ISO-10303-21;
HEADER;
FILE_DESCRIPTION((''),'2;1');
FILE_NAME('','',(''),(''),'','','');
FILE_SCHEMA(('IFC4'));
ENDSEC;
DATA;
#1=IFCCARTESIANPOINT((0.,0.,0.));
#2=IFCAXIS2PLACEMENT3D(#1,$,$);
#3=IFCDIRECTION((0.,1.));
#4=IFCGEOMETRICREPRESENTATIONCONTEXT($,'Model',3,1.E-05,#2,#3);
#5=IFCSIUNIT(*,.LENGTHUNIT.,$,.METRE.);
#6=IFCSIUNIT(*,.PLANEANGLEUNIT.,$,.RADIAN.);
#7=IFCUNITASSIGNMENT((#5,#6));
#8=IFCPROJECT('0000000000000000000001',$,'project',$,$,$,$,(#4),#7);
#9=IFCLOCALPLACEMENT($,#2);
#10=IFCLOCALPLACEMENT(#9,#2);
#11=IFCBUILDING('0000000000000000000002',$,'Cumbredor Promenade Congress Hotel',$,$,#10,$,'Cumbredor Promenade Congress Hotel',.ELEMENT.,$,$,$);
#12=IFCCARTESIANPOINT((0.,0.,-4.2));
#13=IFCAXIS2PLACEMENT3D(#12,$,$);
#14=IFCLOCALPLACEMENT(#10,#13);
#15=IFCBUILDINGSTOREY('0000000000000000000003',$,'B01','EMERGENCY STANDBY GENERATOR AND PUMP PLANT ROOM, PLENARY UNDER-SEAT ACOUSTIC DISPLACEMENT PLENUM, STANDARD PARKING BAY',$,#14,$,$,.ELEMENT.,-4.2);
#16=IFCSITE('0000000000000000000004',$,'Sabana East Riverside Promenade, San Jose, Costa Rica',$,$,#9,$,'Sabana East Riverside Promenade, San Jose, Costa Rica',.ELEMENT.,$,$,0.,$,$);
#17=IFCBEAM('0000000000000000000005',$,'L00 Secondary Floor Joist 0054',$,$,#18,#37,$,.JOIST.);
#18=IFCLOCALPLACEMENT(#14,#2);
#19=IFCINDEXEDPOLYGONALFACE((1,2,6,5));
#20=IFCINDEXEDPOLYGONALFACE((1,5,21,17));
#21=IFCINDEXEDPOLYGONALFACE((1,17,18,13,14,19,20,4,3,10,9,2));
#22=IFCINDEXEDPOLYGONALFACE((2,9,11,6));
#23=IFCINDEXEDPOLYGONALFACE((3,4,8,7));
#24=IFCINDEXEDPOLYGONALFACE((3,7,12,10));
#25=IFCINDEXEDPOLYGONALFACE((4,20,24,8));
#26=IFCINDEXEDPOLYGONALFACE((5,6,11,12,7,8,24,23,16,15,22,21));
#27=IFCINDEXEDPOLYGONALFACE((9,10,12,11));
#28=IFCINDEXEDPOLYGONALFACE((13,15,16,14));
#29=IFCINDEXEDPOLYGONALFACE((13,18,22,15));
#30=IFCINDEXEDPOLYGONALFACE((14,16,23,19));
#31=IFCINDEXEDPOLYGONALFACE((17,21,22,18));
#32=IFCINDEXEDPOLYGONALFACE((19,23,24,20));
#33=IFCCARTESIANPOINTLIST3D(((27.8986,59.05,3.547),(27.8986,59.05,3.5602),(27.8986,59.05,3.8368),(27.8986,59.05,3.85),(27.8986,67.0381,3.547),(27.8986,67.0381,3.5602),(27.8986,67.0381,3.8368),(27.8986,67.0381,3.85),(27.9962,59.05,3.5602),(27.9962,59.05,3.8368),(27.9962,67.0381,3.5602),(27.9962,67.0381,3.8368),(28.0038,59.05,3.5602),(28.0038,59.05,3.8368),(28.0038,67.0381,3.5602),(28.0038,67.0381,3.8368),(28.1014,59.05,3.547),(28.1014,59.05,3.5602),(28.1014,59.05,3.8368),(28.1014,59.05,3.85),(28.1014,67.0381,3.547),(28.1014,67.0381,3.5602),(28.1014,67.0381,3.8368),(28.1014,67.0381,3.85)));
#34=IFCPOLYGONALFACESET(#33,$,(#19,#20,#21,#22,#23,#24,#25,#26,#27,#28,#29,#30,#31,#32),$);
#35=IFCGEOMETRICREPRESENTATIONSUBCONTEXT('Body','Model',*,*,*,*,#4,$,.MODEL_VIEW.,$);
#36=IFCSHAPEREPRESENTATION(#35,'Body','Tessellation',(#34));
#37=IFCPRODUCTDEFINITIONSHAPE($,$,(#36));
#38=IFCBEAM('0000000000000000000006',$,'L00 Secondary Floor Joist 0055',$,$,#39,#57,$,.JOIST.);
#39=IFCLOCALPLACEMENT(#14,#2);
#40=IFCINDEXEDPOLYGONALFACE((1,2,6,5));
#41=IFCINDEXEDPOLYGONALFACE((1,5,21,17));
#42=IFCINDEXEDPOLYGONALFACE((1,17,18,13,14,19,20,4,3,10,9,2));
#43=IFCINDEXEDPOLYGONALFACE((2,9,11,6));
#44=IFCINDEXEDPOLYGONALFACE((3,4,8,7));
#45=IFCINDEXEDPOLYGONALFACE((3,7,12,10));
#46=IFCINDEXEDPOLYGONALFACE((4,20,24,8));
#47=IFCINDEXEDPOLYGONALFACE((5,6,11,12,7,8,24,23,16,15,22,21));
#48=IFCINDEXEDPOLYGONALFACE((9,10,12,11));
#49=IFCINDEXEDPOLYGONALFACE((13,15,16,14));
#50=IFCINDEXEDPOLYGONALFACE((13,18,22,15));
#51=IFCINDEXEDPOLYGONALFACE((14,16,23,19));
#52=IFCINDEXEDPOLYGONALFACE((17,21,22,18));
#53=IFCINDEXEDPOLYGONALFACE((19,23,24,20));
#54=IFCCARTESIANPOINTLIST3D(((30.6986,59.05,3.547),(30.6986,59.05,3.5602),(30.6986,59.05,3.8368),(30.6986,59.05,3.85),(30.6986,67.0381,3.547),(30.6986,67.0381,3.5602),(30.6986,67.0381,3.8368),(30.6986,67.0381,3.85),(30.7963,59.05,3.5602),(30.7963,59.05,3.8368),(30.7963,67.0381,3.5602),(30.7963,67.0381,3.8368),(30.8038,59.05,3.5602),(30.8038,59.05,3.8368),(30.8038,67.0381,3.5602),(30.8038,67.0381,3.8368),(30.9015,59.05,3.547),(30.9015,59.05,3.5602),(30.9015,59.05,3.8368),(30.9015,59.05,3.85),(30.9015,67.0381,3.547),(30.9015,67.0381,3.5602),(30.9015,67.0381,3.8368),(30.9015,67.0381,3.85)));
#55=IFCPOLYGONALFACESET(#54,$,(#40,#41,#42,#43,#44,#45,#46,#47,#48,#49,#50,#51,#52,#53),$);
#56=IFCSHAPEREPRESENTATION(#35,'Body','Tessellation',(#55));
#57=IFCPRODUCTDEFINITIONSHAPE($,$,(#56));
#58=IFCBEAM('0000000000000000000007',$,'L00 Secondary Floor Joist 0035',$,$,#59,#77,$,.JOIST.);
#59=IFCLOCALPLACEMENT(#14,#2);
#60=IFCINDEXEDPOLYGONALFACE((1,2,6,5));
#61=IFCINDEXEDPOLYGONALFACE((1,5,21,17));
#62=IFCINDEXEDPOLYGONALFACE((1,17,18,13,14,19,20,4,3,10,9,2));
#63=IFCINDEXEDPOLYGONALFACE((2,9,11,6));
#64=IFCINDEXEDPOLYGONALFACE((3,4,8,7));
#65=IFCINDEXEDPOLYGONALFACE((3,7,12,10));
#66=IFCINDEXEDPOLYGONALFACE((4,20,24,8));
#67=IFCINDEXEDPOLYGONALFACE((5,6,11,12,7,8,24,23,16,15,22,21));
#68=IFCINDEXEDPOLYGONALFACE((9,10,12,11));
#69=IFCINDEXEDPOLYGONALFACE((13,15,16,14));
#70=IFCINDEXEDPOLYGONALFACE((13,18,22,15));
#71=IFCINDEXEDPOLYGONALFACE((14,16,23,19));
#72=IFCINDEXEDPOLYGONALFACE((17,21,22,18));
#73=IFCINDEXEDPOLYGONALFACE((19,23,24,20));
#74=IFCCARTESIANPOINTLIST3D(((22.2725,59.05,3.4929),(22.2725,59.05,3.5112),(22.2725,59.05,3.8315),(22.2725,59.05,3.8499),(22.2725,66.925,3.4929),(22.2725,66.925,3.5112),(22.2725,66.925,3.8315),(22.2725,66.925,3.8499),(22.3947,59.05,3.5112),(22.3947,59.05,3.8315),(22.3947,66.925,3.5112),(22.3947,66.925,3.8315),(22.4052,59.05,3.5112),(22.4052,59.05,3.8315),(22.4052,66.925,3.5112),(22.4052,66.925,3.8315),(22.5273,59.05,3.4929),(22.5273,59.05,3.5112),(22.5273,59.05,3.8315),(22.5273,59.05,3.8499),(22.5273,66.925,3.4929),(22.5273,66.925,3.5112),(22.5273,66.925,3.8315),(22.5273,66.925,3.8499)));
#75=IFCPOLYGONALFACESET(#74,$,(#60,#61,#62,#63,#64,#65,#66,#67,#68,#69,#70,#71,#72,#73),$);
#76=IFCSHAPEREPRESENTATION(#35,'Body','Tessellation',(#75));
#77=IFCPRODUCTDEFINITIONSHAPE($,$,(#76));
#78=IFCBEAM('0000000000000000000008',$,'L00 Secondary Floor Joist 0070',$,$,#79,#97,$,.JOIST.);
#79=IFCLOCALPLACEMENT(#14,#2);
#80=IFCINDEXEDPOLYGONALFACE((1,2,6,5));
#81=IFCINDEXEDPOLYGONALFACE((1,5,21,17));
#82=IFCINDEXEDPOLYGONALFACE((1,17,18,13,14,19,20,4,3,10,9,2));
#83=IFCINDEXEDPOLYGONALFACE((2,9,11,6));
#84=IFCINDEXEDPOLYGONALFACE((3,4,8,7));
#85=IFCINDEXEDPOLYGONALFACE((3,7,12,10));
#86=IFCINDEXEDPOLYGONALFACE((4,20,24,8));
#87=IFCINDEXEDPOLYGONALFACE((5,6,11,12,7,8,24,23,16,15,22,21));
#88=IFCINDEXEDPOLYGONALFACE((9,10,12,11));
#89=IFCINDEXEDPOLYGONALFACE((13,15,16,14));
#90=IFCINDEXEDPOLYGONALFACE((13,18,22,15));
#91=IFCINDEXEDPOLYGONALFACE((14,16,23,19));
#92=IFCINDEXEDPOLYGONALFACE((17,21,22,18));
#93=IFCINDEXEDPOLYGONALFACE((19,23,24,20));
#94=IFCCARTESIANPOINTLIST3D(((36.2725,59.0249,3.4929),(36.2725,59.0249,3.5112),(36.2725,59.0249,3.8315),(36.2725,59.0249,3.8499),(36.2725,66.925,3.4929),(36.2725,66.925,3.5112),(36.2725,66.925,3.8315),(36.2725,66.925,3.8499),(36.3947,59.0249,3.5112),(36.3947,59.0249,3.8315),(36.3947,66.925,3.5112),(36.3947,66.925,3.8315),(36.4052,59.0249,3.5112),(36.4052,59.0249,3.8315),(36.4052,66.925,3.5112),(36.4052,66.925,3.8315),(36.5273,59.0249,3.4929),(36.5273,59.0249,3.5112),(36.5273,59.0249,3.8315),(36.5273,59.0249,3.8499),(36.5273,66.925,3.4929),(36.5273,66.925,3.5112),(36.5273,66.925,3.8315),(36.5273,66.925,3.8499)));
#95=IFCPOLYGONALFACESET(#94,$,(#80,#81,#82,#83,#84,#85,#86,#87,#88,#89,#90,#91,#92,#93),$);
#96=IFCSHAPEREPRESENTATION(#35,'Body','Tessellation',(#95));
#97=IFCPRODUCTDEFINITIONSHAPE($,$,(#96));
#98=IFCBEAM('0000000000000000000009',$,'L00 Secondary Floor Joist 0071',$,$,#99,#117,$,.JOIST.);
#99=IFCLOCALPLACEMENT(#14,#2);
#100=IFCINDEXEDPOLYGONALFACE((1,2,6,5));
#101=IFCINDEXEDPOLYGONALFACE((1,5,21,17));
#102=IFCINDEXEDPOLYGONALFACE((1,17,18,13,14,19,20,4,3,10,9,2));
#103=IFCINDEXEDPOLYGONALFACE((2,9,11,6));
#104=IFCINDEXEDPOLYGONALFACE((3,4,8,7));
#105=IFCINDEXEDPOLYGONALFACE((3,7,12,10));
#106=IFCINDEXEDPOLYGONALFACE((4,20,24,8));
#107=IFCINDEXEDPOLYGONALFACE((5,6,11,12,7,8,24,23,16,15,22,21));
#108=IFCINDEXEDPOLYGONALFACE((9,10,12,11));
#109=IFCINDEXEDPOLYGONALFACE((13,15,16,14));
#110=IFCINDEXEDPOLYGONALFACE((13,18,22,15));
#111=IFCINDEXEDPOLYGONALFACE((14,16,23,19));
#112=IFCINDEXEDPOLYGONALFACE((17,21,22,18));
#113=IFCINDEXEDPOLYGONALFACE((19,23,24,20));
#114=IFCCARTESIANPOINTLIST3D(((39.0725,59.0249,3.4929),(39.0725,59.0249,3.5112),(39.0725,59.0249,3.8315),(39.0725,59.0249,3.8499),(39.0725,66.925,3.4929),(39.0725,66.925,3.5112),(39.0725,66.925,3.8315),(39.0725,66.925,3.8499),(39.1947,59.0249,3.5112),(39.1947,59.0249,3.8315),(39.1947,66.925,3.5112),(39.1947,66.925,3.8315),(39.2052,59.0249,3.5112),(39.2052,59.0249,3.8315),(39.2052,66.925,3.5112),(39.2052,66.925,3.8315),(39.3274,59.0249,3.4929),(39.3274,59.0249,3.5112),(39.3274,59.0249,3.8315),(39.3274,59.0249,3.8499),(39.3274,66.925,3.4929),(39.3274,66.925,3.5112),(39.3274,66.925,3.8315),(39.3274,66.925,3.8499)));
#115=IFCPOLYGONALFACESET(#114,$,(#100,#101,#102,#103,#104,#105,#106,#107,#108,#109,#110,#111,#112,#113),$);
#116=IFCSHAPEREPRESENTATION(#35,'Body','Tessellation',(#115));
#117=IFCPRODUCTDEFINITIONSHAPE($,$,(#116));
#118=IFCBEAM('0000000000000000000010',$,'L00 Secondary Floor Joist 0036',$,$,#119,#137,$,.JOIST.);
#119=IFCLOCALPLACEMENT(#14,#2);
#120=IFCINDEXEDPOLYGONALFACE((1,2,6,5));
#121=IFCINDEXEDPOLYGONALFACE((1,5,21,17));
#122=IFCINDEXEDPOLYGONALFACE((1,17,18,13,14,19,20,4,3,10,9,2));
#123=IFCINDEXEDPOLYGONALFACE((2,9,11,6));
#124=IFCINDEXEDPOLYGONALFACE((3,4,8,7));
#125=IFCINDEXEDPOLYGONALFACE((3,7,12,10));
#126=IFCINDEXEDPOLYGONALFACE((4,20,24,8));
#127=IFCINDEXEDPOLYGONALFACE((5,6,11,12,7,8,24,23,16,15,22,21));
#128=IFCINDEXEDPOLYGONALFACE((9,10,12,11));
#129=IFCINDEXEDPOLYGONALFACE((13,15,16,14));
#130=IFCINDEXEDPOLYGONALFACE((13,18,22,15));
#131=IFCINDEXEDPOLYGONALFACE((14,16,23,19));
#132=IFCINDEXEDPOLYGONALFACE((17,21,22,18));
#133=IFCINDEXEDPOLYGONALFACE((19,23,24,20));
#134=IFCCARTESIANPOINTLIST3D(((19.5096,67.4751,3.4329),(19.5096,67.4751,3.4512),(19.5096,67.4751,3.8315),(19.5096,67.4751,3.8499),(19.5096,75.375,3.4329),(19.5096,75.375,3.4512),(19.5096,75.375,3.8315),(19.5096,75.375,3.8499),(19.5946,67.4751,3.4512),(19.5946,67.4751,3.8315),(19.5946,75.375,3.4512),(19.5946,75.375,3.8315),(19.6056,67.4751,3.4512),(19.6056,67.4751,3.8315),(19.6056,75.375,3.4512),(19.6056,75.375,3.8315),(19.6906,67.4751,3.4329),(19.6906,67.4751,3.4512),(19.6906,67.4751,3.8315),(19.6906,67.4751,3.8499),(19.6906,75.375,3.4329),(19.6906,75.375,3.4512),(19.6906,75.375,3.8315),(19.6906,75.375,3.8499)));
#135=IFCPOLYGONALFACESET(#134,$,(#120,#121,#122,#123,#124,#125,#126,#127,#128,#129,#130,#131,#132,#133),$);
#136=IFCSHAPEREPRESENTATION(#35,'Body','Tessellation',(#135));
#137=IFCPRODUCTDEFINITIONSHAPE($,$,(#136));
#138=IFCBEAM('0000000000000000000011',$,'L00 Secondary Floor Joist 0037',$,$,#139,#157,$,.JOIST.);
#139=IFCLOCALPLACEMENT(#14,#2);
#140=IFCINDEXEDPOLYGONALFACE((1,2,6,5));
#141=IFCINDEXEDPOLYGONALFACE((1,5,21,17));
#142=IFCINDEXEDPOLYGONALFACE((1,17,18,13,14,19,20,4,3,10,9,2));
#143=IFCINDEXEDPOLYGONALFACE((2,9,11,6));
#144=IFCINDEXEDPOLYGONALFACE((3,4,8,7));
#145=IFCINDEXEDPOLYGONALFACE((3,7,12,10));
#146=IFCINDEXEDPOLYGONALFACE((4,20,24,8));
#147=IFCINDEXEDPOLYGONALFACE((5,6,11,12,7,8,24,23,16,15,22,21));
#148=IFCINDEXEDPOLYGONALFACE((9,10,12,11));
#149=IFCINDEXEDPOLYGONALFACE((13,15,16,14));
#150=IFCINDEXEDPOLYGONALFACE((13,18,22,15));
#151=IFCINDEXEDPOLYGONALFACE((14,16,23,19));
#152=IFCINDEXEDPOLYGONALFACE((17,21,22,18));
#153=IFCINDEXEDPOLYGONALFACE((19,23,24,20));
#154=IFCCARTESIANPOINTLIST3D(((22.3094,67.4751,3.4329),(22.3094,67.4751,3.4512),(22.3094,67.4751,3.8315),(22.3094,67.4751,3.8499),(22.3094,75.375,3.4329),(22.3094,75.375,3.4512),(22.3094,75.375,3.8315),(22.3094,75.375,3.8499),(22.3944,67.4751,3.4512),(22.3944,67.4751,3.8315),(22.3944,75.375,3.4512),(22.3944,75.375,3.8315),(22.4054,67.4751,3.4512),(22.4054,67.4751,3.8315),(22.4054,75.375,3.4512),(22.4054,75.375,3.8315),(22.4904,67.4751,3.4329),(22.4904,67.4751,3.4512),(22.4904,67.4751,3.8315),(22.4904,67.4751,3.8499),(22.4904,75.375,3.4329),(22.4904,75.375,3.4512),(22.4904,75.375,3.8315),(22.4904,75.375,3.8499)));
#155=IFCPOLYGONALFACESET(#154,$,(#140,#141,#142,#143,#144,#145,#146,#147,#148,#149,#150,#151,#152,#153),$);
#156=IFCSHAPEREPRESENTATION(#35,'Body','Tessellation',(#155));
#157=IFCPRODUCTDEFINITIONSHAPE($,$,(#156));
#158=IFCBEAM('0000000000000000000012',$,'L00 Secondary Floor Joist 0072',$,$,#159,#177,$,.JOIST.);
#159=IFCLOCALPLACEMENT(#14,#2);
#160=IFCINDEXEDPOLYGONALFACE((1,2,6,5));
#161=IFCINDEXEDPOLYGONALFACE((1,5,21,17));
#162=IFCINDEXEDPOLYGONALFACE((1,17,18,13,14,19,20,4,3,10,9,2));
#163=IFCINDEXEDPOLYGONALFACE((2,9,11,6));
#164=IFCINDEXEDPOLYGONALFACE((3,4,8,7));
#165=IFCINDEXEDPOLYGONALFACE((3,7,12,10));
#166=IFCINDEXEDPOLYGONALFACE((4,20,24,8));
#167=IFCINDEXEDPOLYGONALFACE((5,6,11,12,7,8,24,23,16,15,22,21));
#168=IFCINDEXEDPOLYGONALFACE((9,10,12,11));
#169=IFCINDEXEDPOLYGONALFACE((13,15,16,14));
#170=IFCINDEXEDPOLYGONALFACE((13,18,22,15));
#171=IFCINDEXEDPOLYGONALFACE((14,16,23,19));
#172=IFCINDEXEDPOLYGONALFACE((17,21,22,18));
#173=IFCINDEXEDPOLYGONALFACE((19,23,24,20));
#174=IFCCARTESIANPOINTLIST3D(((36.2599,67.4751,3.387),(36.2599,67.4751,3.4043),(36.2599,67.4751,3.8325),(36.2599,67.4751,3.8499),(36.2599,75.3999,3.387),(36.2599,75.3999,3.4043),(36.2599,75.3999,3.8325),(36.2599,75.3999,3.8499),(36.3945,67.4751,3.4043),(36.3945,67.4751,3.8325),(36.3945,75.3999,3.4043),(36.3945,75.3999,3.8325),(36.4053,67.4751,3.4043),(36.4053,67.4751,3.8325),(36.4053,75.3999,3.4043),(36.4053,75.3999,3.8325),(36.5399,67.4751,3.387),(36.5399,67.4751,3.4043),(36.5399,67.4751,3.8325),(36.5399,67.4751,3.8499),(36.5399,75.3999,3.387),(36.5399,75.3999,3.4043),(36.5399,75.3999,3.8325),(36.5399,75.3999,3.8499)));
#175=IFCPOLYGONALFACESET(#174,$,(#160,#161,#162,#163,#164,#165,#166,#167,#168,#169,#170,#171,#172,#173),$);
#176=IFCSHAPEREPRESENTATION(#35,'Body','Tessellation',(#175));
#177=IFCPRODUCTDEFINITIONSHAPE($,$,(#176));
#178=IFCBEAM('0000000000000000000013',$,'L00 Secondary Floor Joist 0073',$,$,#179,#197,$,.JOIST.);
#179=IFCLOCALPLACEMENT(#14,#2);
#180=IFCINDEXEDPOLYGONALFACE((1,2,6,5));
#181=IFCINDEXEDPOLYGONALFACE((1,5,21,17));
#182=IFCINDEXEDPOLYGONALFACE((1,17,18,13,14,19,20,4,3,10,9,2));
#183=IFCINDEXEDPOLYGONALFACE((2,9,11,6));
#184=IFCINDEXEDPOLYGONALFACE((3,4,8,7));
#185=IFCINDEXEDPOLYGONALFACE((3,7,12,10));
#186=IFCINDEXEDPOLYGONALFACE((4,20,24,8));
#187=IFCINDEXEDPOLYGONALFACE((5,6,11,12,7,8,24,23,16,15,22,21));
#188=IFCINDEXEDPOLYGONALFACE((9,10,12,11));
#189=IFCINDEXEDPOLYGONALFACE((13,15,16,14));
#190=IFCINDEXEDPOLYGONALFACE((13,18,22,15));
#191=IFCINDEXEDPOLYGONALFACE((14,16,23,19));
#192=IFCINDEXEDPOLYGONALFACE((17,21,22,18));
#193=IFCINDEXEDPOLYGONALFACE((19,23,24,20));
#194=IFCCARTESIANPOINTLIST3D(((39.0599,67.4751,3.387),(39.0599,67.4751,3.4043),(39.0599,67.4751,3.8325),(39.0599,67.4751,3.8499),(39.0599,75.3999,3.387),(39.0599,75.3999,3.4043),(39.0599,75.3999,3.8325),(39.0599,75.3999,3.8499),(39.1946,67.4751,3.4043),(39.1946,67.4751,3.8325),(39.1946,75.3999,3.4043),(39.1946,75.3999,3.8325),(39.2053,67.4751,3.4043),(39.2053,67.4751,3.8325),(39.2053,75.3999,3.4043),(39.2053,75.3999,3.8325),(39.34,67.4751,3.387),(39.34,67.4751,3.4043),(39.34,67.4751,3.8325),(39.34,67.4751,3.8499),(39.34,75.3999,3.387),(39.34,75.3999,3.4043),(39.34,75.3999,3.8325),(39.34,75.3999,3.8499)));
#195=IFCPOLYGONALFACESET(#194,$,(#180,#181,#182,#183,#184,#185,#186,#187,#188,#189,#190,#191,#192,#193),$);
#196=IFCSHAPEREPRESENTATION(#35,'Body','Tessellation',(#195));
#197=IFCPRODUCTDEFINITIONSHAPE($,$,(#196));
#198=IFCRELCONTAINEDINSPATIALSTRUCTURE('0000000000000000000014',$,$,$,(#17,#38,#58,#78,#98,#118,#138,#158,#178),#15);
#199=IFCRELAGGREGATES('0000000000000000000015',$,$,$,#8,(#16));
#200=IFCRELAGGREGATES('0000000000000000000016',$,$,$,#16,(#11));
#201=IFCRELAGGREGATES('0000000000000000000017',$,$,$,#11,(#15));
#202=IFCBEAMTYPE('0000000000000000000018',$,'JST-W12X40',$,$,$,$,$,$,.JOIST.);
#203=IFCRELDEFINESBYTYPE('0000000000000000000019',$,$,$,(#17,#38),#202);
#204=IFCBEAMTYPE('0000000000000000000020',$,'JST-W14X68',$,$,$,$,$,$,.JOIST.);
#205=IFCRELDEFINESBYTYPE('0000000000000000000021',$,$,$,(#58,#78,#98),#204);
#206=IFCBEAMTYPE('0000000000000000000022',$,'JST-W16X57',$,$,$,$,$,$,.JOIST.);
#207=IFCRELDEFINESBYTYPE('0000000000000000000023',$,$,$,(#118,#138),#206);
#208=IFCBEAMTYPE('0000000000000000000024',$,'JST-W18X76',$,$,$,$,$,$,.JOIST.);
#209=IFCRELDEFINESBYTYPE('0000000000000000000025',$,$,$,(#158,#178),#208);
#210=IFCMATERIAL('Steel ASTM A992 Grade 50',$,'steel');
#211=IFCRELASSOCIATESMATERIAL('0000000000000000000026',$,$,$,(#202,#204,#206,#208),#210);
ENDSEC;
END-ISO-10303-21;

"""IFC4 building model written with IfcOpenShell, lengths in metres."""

from ifc_helpers import new_model, si_unit, direction, frame, origin, origin_2d, place, context, subcontext, project, spatial, i_section, extrude, material, material_profile, profile_set, type_object, element, save


model = new_model("IFC4")

# Units and contexts
model_context = context("Model", 3, precision=1e-05, world=origin(), true_north=direction((0.0, 1.0)))
body_context = subcontext(model_context, "Body", "Model", "MODEL_VIEW")
ifc_project = project(units=[si_unit("LENGTHUNIT", "METRE"), si_unit("PLANEANGLEUNIT", "RADIAN")], contexts=[model_context])

# Site, building, storey
site_placement = place(None, origin())
site = spatial("IfcSite", under=ifc_project, at=site_placement, Name="Sabana East Riverside Promenade, San Jose, Costa Rica", LongName="Sabana East Riverside Promenade, San Jose, Costa Rica", CompositionType="ELEMENT", RefElevation=0.0)
building_placement = place(site_placement, origin())
building = spatial("IfcBuilding", under=site, at=building_placement, Name="Cumbredor Promenade Congress Hotel", LongName="Cumbredor Promenade Congress Hotel", CompositionType="ELEMENT")
storey_placement = place(building_placement, frame((0.0, 0.0, -4.2)))
storey = spatial("IfcBuildingStorey", under=building, at=storey_placement, Name="B01", Description="EMERGENCY STANDBY GENERATOR AND PUMP PLANT ROOM, PLENARY UNDER-SEAT ACOUSTIC DISPLACEMENT PLENUM, STANDARD PARKING BAY", CompositionType="ELEMENT", Elevation=-4.2)

# Beams
ifc_material_1 = material(Name="Steel ASTM A992 Grade 50", Category="steel")
ifc_material_profile_1 = material_profile(ifc_material_1, i_section(OverallWidth=0.2029, OverallDepth=0.303, WebThickness=0.0076, FlangeThickness=0.0132, at=origin_2d()), Name="W12X40")
ifc_profile_set_1 = profile_set([ifc_material_profile_1], Name="Steel ASTM A992 Grade 50")
beam_type_1 = type_object("IfcBeamType", Name="JST-W12X40", PredefinedType="JOIST", material=ifc_profile_set_1)
for number, where, z_axis, x_axis, name in (
    (1, (28.0, 59.05, 3.6985), (0.0, 1.0, 0.0), (-1.0, 0.0, 0.0), "L00 Secondary Floor Joist 0054"),
    (2, (30.8, 59.05, 3.6985), (0.0, 1.0, 0.0), (-1.0, 0.0, 0.0), "L00 Secondary Floor Joist 0055"),
):
    element("IfcBeam", number, at=place(storey_placement, frame(where, z_axis=z_axis, x_axis=x_axis)), inside=storey, type_object=beam_type_1, Name=name, PredefinedType="JOIST", context=body_context, shape_type="SweptSolid", body=[
        extrude(i_section(OverallWidth=0.2029, OverallDepth=0.303, WebThickness=0.0076, FlangeThickness=0.0132, at=origin_2d()), origin(), (0.0, 0.0, 1.0), 7.988),
    ])
ifc_material_profile_2 = material_profile(ifc_material_1, i_section(OverallWidth=0.2549, OverallDepth=0.3569, WebThickness=0.0105, FlangeThickness=0.0183, at=origin_2d()), Name="W14X68")
ifc_profile_set_2 = profile_set([ifc_material_profile_2], Name="Steel ASTM A992 Grade 50")
beam_type_2 = type_object("IfcBeamType", Name="JST-W14X68", PredefinedType="JOIST", material=ifc_profile_set_2)
beam_1_placement = place(storey_placement, frame((22.3999, 59.05, 3.6714), z_axis=(0.0, 1.0, 0.0), x_axis=(-1.0, 0.0, 0.0)))
element("IfcBeam", 3, at=beam_1_placement, inside=storey, type_object=beam_type_2, Name="L00 Secondary Floor Joist 0035", PredefinedType="JOIST", context=body_context, shape_type="SweptSolid", body=[
    extrude(i_section(OverallWidth=0.2549, OverallDepth=0.3569, WebThickness=0.0105, FlangeThickness=0.0183, at=origin_2d()), origin(), (0.0, 0.0, 1.0), 7.875),
])
for number, where, z_axis, x_axis, name in (
    (4, (36.3999, 59.0249, 3.6714), (0.0, 1.0, 0.0), (-1.0, 0.0, 0.0), "L00 Secondary Floor Joist 0070"),
    (5, (39.2, 59.0249, 3.6714), (0.0, 1.0, 0.0), (-1.0, 0.0, 0.0), "L00 Secondary Floor Joist 0071"),
):
    element("IfcBeam", number, at=place(storey_placement, frame(where, z_axis=z_axis, x_axis=x_axis)), inside=storey, type_object=beam_type_2, Name=name, PredefinedType="JOIST", context=body_context, shape_type="SweptSolid", body=[
        extrude(i_section(OverallWidth=0.2549, OverallDepth=0.3569, WebThickness=0.0105, FlangeThickness=0.0183, at=origin_2d()), origin(), (0.0, 0.0, 1.0), 7.9001),
    ])
ifc_material_profile_3 = material_profile(ifc_material_1, i_section(OverallWidth=0.1809, OverallDepth=0.417, WebThickness=0.011, FlangeThickness=0.0183, at=origin_2d()), Name="W16X57")
ifc_profile_set_3 = profile_set([ifc_material_profile_3], Name="Steel ASTM A992 Grade 50")
beam_type_3 = type_object("IfcBeamType", Name="JST-W16X57", PredefinedType="JOIST", material=ifc_profile_set_3)
for number, where, z_axis, x_axis, name in (
    (6, (19.6001, 67.4751, 3.6414), (0.0, 1.0, 0.0), (-1.0, 0.0, 0.0), "L00 Secondary Floor Joist 0036"),
    (7, (22.3999, 67.4751, 3.6414), (0.0, 1.0, 0.0), (-1.0, 0.0, 0.0), "L00 Secondary Floor Joist 0037"),
):
    element("IfcBeam", number, at=place(storey_placement, frame(where, z_axis=z_axis, x_axis=x_axis)), inside=storey, type_object=beam_type_3, Name=name, PredefinedType="JOIST", context=body_context, shape_type="SweptSolid", body=[
        extrude(i_section(OverallWidth=0.1809, OverallDepth=0.417, WebThickness=0.011, FlangeThickness=0.0183, at=origin_2d()), origin(), (0.0, 0.0, 1.0), 7.8999),
    ])
ifc_material_profile_4 = material_profile(ifc_material_1, i_section(OverallWidth=0.28, OverallDepth=0.4629, WebThickness=0.0107, FlangeThickness=0.0173, at=origin_2d()), Name="W18X76")
ifc_profile_set_4 = profile_set([ifc_material_profile_4], Name="Steel ASTM A992 Grade 50")
beam_type_4 = type_object("IfcBeamType", Name="JST-W18X76", PredefinedType="JOIST", material=ifc_profile_set_4)
for number, where, z_axis, x_axis, name in (
    (8, (36.3999, 67.4751, 3.6184), (0.0, 1.0, 0.0), (-1.0, 0.0, 0.0), "L00 Secondary Floor Joist 0072"),
    (9, (39.2, 67.4751, 3.6184), (0.0, 1.0, 0.0), (-1.0, 0.0, 0.0), "L00 Secondary Floor Joist 0073"),
):
    element("IfcBeam", number, at=place(storey_placement, frame(where, z_axis=z_axis, x_axis=x_axis)), inside=storey, type_object=beam_type_4, Name=name, PredefinedType="JOIST", context=body_context, shape_type="SweptSolid", body=[
        extrude(i_section(OverallWidth=0.28, OverallDepth=0.4629, WebThickness=0.0107, FlangeThickness=0.0173, at=origin_2d()), origin(), (0.0, 0.0, 1.0), 7.9248),
    ])

save(model, "model.ifc")
